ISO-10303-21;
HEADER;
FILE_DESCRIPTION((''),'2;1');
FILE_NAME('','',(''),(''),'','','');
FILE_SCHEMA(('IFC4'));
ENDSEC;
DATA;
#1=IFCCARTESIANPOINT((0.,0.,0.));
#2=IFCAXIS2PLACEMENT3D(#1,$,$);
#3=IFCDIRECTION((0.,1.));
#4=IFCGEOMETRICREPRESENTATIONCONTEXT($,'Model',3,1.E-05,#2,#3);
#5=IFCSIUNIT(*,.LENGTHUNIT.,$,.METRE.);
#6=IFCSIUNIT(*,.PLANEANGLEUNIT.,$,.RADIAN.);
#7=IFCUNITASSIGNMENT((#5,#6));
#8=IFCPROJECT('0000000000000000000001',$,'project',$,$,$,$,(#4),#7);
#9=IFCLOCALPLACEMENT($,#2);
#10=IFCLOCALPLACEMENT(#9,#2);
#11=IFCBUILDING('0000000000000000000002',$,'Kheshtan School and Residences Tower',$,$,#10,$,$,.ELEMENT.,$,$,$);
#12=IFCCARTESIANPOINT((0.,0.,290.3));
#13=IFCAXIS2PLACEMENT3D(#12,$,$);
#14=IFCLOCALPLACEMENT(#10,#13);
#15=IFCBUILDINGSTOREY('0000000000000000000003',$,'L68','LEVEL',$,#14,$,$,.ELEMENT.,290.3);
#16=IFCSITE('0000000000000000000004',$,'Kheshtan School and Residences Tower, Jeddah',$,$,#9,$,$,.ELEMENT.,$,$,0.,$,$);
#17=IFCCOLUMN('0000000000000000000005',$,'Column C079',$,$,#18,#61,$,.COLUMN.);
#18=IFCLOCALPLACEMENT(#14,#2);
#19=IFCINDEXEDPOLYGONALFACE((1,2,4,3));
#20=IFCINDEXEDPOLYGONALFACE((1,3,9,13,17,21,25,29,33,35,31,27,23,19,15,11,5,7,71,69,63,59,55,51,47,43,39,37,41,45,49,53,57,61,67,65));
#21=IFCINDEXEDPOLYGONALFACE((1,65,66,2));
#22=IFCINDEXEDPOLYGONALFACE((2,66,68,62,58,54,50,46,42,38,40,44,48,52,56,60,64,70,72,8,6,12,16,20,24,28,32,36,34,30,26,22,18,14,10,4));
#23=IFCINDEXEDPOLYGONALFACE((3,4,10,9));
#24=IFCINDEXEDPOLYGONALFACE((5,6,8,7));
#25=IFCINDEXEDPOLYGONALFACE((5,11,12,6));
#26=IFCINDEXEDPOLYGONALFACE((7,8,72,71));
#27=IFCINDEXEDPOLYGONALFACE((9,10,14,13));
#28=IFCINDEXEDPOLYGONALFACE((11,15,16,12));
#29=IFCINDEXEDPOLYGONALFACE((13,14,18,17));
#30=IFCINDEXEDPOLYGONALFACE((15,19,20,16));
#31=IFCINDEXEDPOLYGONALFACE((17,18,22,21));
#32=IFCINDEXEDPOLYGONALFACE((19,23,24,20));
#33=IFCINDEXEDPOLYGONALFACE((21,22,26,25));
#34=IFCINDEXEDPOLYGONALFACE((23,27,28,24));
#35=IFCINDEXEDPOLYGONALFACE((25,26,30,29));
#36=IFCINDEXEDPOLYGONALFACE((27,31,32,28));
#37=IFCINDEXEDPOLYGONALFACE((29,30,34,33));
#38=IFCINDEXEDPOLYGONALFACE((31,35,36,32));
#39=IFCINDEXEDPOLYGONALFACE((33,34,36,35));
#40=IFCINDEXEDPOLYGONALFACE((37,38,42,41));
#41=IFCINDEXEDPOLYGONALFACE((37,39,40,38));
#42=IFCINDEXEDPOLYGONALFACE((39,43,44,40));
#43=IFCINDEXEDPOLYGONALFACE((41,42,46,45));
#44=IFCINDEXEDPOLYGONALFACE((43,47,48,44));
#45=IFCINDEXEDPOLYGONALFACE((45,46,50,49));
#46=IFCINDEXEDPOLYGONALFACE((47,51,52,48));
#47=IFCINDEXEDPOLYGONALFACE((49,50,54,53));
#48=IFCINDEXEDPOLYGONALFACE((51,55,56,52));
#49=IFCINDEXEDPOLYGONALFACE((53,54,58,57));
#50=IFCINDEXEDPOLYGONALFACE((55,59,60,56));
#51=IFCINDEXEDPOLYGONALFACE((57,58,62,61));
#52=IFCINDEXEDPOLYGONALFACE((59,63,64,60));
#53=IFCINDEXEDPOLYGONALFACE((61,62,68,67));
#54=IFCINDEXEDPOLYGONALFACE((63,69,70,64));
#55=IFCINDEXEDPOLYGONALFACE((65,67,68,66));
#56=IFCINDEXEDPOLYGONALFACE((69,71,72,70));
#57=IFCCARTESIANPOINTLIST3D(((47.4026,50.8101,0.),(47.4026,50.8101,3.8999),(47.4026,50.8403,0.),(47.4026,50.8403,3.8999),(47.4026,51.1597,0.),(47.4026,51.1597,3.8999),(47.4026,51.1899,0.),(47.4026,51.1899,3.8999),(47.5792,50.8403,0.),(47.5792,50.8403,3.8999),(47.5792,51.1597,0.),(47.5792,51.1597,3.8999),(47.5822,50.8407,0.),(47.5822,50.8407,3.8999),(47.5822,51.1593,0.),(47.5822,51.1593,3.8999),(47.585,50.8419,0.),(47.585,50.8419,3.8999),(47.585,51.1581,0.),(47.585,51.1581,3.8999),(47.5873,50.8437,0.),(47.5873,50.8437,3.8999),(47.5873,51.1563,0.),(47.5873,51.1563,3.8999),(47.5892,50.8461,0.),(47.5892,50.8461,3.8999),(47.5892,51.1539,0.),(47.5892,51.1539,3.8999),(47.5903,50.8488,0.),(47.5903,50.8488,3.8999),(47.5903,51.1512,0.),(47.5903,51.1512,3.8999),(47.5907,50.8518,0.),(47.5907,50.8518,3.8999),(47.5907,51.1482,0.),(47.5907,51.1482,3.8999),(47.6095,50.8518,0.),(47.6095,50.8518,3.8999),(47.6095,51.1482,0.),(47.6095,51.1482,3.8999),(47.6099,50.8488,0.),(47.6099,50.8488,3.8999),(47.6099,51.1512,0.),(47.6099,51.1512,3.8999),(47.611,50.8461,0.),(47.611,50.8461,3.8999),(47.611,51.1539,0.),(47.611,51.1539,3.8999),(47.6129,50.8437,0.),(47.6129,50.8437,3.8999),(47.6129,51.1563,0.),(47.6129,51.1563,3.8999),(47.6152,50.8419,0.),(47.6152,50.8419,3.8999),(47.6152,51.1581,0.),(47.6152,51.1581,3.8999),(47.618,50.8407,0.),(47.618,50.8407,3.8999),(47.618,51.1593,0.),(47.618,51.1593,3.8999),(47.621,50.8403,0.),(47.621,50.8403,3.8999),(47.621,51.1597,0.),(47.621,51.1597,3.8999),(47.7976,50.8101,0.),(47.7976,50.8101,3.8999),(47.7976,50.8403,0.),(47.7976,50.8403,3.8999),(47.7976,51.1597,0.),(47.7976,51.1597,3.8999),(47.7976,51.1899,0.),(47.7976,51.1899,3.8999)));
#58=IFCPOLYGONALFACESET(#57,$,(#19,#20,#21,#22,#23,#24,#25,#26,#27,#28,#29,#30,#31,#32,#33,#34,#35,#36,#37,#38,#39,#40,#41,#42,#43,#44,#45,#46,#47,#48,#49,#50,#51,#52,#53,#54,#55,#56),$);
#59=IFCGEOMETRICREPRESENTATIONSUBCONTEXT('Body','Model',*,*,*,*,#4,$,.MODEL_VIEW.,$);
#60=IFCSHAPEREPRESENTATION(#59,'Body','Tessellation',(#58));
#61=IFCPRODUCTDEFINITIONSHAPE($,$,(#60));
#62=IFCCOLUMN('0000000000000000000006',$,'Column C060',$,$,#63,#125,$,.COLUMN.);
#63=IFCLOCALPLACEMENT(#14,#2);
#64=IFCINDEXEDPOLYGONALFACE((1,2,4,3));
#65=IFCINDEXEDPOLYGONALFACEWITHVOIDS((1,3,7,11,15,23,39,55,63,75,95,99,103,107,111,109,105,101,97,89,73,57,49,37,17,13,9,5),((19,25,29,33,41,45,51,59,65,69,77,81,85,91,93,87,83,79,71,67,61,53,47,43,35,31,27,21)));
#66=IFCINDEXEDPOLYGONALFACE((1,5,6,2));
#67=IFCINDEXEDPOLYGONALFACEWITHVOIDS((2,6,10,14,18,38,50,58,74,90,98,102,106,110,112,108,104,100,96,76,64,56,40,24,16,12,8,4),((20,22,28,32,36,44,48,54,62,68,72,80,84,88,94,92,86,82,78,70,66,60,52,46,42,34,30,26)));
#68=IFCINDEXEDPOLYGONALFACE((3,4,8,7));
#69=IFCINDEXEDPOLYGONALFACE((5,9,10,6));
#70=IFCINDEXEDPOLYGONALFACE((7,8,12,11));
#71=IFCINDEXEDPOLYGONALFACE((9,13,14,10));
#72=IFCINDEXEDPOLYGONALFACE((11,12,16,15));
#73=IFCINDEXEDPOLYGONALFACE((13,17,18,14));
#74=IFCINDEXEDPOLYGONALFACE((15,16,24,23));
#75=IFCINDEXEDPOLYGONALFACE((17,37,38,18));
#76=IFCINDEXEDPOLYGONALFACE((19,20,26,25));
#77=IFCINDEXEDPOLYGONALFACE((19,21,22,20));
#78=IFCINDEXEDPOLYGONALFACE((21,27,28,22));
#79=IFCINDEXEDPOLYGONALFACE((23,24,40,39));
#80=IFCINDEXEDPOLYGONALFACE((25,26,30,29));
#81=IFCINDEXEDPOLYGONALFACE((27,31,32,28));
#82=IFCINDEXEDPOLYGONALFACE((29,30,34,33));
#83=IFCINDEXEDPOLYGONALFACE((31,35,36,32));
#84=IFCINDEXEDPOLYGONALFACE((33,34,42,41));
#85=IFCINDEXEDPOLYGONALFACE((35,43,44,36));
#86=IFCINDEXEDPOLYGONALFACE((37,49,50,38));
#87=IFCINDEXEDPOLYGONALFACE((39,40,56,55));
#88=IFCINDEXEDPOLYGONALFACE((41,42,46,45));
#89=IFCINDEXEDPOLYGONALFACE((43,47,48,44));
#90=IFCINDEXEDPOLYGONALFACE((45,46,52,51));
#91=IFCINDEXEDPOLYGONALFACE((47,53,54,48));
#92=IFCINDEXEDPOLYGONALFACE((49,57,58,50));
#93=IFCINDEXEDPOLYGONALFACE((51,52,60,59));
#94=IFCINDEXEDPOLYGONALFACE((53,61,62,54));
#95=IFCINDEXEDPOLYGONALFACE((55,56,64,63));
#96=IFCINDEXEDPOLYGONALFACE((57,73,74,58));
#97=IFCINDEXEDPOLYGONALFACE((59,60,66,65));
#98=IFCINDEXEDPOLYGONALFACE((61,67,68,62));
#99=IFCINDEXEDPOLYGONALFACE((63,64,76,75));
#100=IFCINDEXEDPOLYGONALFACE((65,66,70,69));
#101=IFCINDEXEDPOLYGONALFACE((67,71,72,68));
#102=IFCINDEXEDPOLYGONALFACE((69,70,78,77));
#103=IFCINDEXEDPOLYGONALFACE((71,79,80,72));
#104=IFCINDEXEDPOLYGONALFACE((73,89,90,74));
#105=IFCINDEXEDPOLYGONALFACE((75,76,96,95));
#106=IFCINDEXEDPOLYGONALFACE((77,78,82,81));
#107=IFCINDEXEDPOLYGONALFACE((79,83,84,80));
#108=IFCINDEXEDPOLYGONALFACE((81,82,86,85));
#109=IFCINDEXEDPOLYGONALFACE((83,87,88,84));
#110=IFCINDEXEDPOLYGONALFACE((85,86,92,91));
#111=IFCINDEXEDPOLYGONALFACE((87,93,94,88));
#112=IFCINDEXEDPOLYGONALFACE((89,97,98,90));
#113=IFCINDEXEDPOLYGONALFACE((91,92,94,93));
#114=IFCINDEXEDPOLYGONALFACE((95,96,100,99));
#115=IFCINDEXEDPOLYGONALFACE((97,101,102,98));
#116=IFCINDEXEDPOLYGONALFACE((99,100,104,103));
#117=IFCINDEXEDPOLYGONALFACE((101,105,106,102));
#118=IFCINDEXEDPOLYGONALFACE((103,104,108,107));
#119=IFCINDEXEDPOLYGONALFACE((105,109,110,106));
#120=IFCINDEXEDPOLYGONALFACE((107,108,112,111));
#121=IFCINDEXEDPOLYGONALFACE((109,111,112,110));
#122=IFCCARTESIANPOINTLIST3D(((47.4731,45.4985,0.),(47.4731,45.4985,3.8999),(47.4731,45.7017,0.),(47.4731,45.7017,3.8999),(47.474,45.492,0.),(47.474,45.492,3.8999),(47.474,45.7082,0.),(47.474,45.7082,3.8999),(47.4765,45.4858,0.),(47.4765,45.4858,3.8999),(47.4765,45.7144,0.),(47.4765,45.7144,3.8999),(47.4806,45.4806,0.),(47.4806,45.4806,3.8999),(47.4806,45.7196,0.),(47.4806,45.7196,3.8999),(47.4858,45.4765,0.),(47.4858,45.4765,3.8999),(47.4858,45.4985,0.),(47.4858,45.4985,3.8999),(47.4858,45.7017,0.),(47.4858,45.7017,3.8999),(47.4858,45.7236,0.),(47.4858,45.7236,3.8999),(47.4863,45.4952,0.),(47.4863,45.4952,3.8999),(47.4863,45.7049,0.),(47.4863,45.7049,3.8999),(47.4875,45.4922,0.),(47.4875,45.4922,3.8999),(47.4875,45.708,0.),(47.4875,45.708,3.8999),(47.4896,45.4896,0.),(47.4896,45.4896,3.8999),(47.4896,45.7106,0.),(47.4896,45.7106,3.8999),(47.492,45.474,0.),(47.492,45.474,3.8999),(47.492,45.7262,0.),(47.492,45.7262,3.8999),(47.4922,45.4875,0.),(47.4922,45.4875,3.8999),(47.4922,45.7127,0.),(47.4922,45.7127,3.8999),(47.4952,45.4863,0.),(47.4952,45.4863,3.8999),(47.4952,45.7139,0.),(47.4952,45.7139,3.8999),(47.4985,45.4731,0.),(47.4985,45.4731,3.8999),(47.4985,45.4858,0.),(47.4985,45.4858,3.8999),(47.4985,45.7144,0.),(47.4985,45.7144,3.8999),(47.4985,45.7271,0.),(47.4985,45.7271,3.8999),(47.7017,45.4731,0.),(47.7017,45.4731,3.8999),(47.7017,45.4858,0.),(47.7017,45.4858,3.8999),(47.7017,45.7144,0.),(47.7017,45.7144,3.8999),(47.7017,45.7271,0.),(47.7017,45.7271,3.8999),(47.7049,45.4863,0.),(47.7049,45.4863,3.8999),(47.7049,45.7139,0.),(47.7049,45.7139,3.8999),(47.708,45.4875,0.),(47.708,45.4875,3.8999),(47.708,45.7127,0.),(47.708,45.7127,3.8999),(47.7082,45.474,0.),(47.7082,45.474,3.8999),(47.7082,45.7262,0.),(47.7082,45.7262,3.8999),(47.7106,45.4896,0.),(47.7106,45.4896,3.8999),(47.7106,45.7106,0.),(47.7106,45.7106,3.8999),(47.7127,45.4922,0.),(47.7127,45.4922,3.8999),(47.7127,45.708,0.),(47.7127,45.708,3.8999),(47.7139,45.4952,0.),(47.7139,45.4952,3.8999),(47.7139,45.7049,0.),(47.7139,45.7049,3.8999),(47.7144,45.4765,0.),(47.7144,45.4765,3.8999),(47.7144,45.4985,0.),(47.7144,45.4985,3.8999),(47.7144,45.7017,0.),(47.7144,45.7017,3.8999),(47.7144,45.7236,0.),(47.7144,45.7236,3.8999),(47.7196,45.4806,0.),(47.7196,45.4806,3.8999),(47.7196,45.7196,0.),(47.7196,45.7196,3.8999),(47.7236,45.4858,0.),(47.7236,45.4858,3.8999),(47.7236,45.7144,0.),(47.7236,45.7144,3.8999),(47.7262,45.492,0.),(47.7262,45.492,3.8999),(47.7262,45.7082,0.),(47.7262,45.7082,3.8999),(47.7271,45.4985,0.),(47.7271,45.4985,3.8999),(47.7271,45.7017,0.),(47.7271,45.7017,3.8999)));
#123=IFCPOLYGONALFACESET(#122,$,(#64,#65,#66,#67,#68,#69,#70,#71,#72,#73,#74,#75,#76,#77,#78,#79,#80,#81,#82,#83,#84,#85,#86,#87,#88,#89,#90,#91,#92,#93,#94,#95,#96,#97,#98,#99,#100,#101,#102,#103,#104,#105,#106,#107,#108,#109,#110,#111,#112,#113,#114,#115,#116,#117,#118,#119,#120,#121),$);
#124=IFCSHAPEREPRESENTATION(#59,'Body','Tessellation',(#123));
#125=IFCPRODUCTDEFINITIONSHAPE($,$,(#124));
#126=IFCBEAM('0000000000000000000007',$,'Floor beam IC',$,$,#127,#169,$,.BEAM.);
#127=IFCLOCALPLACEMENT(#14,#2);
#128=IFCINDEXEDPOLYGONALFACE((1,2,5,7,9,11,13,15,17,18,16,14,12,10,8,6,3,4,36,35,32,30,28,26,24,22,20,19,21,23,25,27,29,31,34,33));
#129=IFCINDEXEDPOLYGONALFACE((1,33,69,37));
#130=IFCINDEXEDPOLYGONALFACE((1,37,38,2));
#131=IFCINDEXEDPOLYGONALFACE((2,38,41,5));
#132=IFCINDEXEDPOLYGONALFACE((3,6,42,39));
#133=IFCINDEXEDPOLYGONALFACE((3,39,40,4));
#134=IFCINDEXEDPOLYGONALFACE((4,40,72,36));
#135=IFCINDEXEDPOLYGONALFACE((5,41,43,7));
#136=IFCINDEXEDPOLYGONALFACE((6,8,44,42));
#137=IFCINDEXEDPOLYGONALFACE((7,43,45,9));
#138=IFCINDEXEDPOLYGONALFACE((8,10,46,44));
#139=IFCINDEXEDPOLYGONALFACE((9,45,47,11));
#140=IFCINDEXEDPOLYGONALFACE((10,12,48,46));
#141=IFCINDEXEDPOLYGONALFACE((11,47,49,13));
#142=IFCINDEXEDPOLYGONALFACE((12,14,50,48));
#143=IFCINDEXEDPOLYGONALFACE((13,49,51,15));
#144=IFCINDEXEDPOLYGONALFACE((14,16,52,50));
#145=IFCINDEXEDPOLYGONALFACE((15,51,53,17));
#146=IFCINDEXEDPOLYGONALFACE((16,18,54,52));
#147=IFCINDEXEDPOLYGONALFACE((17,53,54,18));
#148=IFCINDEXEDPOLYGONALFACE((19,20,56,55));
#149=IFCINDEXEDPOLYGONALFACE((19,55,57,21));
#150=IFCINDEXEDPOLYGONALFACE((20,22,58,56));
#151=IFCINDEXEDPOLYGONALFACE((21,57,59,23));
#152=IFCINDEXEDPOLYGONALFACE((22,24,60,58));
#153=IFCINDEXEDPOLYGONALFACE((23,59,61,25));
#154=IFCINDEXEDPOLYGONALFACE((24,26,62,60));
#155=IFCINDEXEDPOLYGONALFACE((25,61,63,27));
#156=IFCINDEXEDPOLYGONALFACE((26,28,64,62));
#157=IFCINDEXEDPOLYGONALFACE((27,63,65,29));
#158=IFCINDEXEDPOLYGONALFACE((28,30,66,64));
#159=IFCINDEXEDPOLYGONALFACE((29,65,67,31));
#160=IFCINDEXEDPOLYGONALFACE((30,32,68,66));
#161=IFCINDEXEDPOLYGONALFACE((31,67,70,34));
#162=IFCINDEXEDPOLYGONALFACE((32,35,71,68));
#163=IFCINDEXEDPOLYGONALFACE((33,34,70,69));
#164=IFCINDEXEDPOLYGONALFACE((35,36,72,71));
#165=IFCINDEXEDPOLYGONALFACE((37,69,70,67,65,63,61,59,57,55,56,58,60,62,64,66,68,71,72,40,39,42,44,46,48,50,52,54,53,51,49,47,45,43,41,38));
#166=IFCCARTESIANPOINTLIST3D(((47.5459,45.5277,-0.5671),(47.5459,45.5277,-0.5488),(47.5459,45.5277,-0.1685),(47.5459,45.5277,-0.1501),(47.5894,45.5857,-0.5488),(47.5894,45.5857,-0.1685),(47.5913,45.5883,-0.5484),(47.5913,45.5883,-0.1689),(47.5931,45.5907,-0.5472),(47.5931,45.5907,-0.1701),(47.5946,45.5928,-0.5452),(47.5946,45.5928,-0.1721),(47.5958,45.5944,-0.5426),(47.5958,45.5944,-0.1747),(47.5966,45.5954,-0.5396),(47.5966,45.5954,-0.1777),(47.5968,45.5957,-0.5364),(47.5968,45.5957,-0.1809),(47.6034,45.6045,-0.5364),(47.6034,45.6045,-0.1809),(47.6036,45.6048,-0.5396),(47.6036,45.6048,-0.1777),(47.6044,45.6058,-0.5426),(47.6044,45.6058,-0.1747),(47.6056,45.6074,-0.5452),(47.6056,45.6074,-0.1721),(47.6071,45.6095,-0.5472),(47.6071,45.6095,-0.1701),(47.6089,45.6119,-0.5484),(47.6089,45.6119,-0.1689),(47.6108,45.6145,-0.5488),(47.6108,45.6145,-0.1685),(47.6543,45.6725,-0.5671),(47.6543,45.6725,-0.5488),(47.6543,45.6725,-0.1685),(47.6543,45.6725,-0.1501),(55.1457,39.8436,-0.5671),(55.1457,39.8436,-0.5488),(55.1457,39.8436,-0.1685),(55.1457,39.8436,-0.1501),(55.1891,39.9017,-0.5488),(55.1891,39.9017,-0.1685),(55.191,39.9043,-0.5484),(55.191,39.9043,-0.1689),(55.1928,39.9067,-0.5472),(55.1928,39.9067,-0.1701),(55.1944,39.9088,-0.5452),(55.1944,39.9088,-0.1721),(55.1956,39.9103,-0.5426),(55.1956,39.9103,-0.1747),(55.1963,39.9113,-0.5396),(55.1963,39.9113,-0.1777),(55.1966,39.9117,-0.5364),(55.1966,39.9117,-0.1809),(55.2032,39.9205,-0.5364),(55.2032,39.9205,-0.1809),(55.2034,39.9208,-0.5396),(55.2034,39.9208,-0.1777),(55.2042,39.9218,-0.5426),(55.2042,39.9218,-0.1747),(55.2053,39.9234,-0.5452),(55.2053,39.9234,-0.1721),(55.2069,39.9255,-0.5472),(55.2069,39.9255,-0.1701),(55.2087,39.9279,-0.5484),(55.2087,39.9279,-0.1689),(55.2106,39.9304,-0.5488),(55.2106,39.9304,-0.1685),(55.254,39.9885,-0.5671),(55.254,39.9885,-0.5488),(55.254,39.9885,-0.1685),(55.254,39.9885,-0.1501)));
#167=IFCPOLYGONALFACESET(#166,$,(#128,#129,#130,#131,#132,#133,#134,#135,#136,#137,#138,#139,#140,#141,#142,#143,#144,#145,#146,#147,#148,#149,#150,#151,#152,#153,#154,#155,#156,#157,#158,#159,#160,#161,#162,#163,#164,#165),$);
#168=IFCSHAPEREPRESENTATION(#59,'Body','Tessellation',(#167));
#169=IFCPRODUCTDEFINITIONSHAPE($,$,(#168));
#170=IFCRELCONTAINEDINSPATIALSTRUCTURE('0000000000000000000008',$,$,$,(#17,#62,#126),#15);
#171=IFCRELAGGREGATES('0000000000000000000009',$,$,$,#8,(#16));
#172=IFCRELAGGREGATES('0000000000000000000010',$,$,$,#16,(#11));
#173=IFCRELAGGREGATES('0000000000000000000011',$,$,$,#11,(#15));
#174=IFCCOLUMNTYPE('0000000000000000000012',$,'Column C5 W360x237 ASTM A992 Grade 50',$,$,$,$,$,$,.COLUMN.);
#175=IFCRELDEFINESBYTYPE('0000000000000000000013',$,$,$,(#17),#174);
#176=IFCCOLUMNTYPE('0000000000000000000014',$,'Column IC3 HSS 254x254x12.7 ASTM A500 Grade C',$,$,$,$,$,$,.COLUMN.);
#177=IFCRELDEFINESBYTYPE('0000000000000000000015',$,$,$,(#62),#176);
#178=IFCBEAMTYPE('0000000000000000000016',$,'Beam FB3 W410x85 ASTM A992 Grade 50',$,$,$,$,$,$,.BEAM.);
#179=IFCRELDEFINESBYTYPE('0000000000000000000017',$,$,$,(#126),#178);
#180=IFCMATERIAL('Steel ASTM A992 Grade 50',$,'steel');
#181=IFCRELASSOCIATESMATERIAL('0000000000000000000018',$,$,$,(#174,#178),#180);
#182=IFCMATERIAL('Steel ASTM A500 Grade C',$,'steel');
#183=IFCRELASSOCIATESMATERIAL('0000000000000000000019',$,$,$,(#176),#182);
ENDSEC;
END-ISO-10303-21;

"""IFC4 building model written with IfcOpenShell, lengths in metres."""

from ifc_helpers import new_model, si_unit, direction, frame, origin, origin_2d, place, context, subcontext, project, spatial, hollow_rectangle, i_section, extrude, material, material_profile, profile_set, type_object, element, save


model = new_model("IFC4")

# Units and contexts
model_context = context("Model", 3, precision=1e-05, world=origin(), true_north=direction((0.0, 1.0)))
body_context = subcontext(model_context, "Body", "Model", "MODEL_VIEW")
ifc_project = project(units=[si_unit("LENGTHUNIT", "METRE"), si_unit("PLANEANGLEUNIT", "RADIAN")], contexts=[model_context])

# Site, building, storey
site_placement = place(None, origin())
site = spatial("IfcSite", under=ifc_project, at=site_placement, Name="Kheshtan School and Residences Tower, Jeddah", CompositionType="ELEMENT", RefElevation=0.0)
building_placement = place(site_placement, origin())
building = spatial("IfcBuilding", under=site, at=building_placement, Name="Kheshtan School and Residences Tower", CompositionType="ELEMENT")
storey_placement = place(building_placement, frame((0.0, 0.0, 290.3)))
storey = spatial("IfcBuildingStorey", under=building, at=storey_placement, Name="L68", Description="LEVEL", CompositionType="ELEMENT", Elevation=290.3)

# Columns
ifc_material_1 = material(Name="Steel ASTM A992 Grade 50", Category="steel")
ifc_material_profile_1 = material_profile(ifc_material_1, i_section(OverallWidth=0.395, OverallDepth=0.3799, WebThickness=0.0188, FlangeThickness=0.0303, FilletRadius=0.0115, at=origin_2d()), Name="W360x237")
ifc_profile_set_1 = profile_set([ifc_material_profile_1], Name="Steel ASTM A992 Grade 50")
column_type_1 = type_object("IfcColumnType", Name="Column C5 W360x237 ASTM A992 Grade 50", PredefinedType="COLUMN", material=ifc_profile_set_1)
column_1_placement = place(storey_placement, frame((47.6001, 51.0, 0.0), z_axis=(0.0, 0.0, 1.0), x_axis=(1.0, 0.0, 0.0)))
element("IfcColumn", 1, at=column_1_placement, inside=storey, type_object=column_type_1, Name="Column C079", PredefinedType="COLUMN", context=body_context, shape_type="SweptSolid", body=[
    extrude(i_section(OverallWidth=0.395, OverallDepth=0.3799, WebThickness=0.0188, FlangeThickness=0.0303, FilletRadius=0.0115, at=origin_2d()), origin(), (0.0, 0.0, 1.0), 3.8999),
])
ifc_material_2 = material(Name="Steel ASTM A500 Grade C", Category="steel")
ifc_material_profile_2 = material_profile(ifc_material_2, hollow_rectangle(XDim=0.2539, YDim=0.2539, WallThickness=0.0127, InnerFilletRadius=0.0127, OuterFilletRadius=0.0254, at=origin_2d()), Name="HSS 254x254x12.7")
ifc_profile_set_2 = profile_set([ifc_material_profile_2], Name="Steel ASTM A500 Grade C")
column_type_2 = type_object("IfcColumnType", Name="Column IC3 HSS 254x254x12.7 ASTM A500 Grade C", PredefinedType="COLUMN", material=ifc_profile_set_2)
column_2_placement = place(storey_placement, frame((47.6001, 45.6001, 0.0), z_axis=(0.0, 0.0, 1.0), x_axis=(1.0, 0.0, 0.0)))
element("IfcColumn", 2, at=column_2_placement, inside=storey, type_object=column_type_2, Name="Column C060", PredefinedType="COLUMN", context=body_context, shape_type="SweptSolid", body=[
    extrude(hollow_rectangle(XDim=0.2539, YDim=0.2539, WallThickness=0.0127, InnerFilletRadius=0.0127, OuterFilletRadius=0.0254, at=origin_2d()), origin(), (0.0, 0.0, 1.0), 3.8999),
])

# Beam
ifc_material_profile_3 = material_profile(ifc_material_1, i_section(OverallWidth=0.1809, OverallDepth=0.417, WebThickness=0.011, FlangeThickness=0.0183, FilletRadius=0.0125, at=origin_2d()), Name="W410x85")
ifc_profile_set_3 = profile_set([ifc_material_profile_3], Name="Steel ASTM A992 Grade 50")
beam_type_1 = type_object("IfcBeamType", Name="Beam FB3 W410x85 ASTM A992 Grade 50", PredefinedType="BEAM", material=ifc_profile_set_3)
beam_1_placement = place(storey_placement, frame((47.6001, 45.6001, -0.3586), z_axis=(0.800799, -0.598933, 0.0), x_axis=(0.598933, 0.800799, 0.0)))
element("IfcBeam", 3, at=beam_1_placement, inside=storey, type_object=beam_type_1, Name="Floor beam IC", PredefinedType="BEAM", context=body_context, shape_type="SweptSolid", body=[
    extrude(i_section(OverallWidth=0.1809, OverallDepth=0.417, WebThickness=0.011, FlangeThickness=0.0183, FilletRadius=0.0125, at=origin_2d()), origin(), (0.0, 0.0, 1.0), 9.4902),
])

save(model, "model.ifc")
